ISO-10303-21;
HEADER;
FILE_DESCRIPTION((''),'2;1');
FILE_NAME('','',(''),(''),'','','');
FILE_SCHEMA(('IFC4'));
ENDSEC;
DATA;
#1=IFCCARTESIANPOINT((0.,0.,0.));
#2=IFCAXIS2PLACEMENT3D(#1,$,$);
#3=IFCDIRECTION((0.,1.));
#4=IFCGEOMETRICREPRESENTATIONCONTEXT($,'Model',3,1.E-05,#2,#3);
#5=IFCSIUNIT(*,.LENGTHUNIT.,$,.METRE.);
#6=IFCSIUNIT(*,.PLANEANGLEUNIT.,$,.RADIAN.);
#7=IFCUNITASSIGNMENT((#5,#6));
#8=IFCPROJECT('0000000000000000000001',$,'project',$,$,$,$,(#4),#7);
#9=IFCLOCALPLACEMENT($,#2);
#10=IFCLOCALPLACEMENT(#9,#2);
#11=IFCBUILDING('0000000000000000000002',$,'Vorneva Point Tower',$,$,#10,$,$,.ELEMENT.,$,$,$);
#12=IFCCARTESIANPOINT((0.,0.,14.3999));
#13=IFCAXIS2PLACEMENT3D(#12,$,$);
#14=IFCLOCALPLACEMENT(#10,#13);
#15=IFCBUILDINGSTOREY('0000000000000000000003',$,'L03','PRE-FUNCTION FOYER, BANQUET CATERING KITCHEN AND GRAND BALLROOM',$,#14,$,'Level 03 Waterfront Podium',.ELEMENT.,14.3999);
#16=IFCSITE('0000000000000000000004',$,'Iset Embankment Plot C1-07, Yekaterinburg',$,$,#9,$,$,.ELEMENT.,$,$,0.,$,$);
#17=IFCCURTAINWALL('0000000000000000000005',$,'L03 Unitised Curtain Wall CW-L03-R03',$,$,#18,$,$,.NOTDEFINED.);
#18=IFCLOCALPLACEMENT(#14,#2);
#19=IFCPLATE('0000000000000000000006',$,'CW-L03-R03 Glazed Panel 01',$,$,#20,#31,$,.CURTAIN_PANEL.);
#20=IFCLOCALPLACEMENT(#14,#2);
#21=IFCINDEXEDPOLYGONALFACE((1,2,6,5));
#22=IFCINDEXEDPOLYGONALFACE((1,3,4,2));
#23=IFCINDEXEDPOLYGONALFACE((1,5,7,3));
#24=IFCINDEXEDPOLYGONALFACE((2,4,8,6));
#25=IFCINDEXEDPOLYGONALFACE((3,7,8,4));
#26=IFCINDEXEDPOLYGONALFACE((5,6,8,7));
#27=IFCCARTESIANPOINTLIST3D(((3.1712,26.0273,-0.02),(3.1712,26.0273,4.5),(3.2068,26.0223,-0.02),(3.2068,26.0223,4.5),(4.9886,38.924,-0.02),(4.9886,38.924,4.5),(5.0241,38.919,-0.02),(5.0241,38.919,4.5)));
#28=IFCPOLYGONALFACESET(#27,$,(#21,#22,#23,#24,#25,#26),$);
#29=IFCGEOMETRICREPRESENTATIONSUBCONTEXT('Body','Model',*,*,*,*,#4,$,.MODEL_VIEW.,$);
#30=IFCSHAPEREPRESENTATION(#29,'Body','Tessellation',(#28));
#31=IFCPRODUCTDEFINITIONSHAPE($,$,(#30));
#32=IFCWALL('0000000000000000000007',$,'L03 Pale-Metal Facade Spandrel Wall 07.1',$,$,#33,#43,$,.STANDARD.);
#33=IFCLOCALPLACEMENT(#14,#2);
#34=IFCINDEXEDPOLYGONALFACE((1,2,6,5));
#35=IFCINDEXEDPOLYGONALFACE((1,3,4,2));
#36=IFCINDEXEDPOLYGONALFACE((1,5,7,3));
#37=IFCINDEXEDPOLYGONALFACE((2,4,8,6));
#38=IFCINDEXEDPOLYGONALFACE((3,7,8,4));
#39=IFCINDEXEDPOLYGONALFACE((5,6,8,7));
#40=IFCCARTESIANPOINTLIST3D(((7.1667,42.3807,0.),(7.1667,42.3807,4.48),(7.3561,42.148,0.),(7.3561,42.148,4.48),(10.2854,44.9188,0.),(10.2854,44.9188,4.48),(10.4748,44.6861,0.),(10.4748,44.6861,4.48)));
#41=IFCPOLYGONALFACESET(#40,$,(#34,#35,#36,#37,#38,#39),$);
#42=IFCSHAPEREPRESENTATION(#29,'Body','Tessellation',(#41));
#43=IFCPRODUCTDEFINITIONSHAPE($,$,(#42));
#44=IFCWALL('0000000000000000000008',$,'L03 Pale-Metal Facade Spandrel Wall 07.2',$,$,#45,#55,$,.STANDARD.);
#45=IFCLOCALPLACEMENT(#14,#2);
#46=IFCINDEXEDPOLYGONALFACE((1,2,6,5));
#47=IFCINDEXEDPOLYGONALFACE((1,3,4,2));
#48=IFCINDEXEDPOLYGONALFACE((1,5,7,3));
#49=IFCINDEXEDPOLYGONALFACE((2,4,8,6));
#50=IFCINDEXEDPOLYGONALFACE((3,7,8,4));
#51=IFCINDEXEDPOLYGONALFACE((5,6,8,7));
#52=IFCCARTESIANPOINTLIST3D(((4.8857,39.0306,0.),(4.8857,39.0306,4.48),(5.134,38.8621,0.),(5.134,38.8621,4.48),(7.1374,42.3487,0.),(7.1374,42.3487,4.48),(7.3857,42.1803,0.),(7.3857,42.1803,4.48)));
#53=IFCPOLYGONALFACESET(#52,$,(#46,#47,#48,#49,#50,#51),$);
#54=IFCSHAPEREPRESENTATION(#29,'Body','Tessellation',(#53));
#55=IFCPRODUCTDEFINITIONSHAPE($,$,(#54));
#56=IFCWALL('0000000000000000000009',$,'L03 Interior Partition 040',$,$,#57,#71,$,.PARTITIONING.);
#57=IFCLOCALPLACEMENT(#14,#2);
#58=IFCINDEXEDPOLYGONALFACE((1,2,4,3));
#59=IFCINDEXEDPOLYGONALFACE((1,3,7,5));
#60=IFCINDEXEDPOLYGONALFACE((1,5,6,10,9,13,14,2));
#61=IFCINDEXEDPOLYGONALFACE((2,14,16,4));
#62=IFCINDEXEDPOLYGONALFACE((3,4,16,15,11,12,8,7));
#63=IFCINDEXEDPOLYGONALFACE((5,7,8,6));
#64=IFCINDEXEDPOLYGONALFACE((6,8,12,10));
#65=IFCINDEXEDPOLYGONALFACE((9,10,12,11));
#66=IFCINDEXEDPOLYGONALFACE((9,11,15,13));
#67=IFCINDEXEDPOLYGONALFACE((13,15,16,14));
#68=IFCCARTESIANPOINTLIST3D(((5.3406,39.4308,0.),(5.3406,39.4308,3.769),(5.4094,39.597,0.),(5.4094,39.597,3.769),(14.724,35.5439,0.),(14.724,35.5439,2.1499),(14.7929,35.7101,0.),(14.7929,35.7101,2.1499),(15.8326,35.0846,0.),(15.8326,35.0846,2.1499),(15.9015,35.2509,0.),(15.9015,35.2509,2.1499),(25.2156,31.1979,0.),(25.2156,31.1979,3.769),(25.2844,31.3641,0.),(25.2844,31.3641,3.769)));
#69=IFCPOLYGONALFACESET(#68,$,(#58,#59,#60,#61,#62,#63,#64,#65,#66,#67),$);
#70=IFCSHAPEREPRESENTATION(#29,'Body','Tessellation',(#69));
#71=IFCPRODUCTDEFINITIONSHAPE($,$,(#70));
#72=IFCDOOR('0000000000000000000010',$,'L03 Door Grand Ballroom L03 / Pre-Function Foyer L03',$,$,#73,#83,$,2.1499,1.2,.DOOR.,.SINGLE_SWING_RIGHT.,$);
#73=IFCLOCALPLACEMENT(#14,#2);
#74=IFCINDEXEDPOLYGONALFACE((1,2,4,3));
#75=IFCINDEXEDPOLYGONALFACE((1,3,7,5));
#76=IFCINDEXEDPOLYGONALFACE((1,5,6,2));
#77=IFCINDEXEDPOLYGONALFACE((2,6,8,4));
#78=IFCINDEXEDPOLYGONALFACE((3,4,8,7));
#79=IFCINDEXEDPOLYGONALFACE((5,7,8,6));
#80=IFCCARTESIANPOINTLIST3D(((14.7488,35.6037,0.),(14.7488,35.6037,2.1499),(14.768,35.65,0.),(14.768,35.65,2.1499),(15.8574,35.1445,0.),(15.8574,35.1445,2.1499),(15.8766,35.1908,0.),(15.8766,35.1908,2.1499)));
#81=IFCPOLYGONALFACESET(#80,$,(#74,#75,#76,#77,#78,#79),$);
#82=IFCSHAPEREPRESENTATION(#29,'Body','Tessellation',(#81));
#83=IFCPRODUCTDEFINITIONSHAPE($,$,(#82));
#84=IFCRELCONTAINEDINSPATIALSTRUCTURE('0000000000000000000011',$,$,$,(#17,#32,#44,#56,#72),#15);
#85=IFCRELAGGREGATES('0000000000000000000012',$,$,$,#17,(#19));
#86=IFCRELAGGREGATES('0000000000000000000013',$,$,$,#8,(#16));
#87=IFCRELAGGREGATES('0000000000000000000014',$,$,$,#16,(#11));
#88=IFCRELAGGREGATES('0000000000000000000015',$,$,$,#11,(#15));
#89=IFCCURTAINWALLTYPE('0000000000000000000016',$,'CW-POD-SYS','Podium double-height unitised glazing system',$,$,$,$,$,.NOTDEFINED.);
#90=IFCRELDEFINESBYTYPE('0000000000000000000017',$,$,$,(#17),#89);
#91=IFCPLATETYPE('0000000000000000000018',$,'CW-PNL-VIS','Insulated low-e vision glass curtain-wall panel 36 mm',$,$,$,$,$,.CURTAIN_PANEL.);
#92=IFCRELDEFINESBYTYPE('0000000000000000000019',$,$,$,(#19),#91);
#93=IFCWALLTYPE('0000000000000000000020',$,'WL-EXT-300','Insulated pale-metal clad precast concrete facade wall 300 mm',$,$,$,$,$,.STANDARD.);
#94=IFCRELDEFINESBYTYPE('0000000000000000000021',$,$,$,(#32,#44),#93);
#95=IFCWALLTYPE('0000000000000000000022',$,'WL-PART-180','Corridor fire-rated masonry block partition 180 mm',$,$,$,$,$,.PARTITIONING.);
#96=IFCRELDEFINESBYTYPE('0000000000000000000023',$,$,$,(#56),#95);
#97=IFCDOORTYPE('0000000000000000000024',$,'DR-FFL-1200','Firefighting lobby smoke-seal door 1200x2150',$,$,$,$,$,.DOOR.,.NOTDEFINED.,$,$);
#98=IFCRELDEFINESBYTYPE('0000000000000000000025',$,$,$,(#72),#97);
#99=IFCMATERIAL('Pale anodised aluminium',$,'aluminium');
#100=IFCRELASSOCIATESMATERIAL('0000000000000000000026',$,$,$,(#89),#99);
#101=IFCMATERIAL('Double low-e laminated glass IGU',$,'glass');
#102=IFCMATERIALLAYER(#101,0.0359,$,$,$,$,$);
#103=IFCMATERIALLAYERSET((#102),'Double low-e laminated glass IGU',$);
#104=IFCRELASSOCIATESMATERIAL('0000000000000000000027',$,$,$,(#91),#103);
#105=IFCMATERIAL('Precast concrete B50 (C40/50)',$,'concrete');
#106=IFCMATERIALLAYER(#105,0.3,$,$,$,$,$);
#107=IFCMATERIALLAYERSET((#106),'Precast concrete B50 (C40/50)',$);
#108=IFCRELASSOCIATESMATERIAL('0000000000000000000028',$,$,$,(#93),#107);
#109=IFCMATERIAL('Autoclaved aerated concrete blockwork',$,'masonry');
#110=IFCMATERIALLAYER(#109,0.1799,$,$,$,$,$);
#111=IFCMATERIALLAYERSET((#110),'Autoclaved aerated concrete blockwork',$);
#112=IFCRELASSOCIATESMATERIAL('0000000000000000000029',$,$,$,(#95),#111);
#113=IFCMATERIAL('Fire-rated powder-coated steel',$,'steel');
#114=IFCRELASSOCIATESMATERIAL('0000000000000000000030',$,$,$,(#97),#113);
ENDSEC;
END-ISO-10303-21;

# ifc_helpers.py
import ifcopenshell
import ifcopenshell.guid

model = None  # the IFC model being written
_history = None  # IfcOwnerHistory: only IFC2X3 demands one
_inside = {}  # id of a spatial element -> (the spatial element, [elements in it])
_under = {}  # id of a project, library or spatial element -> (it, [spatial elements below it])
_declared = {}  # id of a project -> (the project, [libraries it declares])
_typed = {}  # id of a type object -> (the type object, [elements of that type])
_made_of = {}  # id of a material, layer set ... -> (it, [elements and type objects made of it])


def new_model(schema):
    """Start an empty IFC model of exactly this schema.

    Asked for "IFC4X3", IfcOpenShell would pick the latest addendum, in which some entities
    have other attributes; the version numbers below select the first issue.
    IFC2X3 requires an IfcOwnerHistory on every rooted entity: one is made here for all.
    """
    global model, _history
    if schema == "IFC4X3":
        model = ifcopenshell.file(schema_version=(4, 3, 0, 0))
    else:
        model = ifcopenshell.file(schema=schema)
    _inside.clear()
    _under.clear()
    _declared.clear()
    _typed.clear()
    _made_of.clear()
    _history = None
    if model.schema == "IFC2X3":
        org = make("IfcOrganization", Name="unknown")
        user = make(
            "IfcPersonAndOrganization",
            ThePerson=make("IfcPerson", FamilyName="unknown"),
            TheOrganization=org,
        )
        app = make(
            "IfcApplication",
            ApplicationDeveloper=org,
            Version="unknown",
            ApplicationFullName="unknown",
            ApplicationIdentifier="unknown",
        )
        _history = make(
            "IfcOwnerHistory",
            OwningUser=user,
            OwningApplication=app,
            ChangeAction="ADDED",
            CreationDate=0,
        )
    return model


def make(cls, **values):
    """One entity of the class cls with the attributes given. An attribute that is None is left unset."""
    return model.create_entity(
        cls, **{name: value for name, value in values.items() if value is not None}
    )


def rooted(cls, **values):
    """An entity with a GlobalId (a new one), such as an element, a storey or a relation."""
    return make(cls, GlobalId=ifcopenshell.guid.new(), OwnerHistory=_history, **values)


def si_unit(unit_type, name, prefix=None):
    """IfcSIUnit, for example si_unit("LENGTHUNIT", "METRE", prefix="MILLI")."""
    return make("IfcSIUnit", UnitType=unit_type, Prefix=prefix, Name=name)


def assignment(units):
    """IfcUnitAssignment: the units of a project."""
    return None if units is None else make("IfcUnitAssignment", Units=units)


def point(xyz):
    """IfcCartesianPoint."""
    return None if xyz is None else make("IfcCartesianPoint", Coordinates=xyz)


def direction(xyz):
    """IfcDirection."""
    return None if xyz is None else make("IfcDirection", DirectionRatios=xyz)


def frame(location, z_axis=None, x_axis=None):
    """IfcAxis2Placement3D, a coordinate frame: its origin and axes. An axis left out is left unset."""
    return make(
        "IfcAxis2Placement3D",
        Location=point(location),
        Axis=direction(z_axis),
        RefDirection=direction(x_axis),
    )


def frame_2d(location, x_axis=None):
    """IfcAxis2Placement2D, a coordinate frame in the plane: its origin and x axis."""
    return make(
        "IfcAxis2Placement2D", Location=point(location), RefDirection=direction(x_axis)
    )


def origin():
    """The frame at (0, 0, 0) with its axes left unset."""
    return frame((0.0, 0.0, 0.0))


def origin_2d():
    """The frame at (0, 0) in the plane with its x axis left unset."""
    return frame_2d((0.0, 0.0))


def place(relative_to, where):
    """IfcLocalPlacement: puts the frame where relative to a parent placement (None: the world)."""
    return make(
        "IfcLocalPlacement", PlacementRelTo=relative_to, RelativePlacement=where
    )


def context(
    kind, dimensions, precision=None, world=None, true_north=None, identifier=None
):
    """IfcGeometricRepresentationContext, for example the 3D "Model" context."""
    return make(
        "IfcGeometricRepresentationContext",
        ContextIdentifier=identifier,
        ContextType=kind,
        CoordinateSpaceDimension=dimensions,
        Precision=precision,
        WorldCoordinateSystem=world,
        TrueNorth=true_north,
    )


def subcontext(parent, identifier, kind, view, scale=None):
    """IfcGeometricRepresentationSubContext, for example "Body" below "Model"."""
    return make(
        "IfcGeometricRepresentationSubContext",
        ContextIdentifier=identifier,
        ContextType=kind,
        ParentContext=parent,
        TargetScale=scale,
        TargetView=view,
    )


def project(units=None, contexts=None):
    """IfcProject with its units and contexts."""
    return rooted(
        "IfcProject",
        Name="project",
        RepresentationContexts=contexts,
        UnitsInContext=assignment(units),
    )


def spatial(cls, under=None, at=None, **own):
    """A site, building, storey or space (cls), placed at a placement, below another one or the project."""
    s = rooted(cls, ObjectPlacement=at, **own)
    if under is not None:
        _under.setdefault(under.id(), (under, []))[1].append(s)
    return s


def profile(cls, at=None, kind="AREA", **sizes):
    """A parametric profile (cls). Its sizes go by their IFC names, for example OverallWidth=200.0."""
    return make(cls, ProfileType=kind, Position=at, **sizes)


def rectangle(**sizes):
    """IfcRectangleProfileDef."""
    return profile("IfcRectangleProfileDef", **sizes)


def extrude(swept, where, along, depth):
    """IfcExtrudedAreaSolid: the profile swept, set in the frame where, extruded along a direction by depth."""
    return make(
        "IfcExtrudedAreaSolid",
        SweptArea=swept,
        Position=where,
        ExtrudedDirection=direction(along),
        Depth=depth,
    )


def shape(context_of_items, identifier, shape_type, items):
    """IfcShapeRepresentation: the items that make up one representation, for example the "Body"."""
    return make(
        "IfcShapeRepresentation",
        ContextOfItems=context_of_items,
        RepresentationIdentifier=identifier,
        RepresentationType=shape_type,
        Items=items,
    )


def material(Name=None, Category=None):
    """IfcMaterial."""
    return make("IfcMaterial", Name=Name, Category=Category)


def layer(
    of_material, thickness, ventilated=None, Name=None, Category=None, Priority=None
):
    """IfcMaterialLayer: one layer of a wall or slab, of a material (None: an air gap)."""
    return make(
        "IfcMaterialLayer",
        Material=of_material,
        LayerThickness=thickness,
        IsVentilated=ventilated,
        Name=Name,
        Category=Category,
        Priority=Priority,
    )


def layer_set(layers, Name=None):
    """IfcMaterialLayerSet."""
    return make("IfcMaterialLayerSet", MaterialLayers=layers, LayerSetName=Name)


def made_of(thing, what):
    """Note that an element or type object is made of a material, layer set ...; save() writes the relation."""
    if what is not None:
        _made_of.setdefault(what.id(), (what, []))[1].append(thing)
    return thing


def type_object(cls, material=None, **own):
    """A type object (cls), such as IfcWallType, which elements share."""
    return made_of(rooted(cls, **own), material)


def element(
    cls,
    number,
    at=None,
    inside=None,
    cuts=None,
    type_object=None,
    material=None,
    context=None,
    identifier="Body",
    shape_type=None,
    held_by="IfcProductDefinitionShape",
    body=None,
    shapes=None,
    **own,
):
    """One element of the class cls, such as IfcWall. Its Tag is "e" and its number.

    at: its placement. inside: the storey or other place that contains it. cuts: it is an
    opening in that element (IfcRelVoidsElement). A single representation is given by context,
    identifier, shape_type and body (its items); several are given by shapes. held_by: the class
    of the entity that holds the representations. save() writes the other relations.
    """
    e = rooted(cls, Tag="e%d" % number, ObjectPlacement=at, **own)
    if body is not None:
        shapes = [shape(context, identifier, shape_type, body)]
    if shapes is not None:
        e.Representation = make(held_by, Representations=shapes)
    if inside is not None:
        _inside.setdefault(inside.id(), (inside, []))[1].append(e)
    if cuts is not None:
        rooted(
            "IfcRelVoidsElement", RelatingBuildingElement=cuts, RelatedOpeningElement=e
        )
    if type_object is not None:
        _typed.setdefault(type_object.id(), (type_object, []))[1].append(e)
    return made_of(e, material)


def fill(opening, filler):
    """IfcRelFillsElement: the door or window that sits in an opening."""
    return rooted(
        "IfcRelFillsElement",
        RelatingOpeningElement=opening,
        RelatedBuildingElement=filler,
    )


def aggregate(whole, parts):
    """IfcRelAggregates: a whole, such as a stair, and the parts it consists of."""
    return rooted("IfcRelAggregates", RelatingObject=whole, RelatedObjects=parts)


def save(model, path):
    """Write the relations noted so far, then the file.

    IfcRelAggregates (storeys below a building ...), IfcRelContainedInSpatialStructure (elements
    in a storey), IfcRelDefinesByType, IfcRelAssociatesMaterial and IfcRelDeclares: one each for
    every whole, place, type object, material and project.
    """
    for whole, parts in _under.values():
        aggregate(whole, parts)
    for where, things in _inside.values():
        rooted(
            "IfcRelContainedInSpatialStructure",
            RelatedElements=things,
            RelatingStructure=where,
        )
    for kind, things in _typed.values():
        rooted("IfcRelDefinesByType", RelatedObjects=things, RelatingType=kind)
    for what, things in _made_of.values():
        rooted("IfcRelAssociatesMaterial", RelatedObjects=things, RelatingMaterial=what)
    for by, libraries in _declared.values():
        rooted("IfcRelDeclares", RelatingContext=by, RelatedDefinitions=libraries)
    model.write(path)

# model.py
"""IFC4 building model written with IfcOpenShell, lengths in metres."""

from ifc_helpers import new_model, si_unit, direction, frame, frame_2d, origin, origin_2d, place, context, subcontext, project, spatial, rectangle, extrude, material, layer, layer_set, type_object, element, fill, aggregate, save


model = new_model("IFC4")

# Units and contexts
model_context = context("Model", 3, precision=1e-05, world=origin(), true_north=direction((0.0, 1.0)))
body_context = subcontext(model_context, "Body", "Model", "MODEL_VIEW")
ifc_project = project(units=[si_unit("LENGTHUNIT", "METRE"), si_unit("PLANEANGLEUNIT", "RADIAN")], contexts=[model_context])

# Site, building, storey
site_placement = place(None, origin())
site = spatial("IfcSite", under=ifc_project, at=site_placement, Name="Iset Embankment Plot C1-07, Yekaterinburg", CompositionType="ELEMENT", RefElevation=0.0)
building_placement = place(site_placement, origin())
building = spatial("IfcBuilding", under=site, at=building_placement, Name="Vorneva Point Tower", CompositionType="ELEMENT")
storey_placement = place(building_placement, frame((0.0, 0.0, 14.3999)))
storey = spatial("IfcBuildingStorey", under=building, at=storey_placement, Name="L03", Description="PRE-FUNCTION FOYER, BANQUET CATERING KITCHEN AND GRAND BALLROOM", LongName="Level 03 Waterfront Podium", CompositionType="ELEMENT", Elevation=14.3999)

# Curtain wall
ifc_material_1 = material(Name="Pale anodised aluminium", Category="aluminium")
curtain_wall_type = type_object("IfcCurtainWallType", Name="CW-POD-SYS", Description="Podium double-height unitised glazing system", PredefinedType="NOTDEFINED", material=ifc_material_1)
curtain_wall_1_placement = place(storey_placement, origin())
curtain_wall_1 = element("IfcCurtainWall", 1, at=curtain_wall_1_placement, inside=storey, type_object=curtain_wall_type, Name="L03 Unitised Curtain Wall CW-L03-R03", PredefinedType="NOTDEFINED")

# Plate
ifc_material_2 = material(Name="Double low-e laminated glass IGU", Category="glass")
ifc_layer_1 = layer(ifc_material_2, 0.0359)
ifc_layer_set_1 = layer_set([ifc_layer_1], Name="Double low-e laminated glass IGU")
plate_type = type_object("IfcPlateType", Name="CW-PNL-VIS", Description="Insulated low-e vision glass curtain-wall panel 36 mm", PredefinedType="CURTAIN_PANEL", material=ifc_layer_set_1)
plate_1_placement = place(storey_placement, frame((4.0977, 32.4731, -0.02), z_axis=(0.0, 0.0, 1.0), x_axis=(-0.139536, -0.990217, 0.0)))
plate_1 = element("IfcPlate", 2, at=plate_1_placement, type_object=plate_type, Name="CW-L03-R03 Glazed Panel 01", PredefinedType="CURTAIN_PANEL", context=body_context, shape_type="SweptSolid", body=[
    extrude(rectangle(XDim=13.0242, YDim=0.0359, at=origin_2d()), origin(), (0.0, 0.0, 1.0), 4.52),
])
aggregate(curtain_wall_1, [plate_1])

# Walls
ifc_material_3 = material(Name="Precast concrete B50 (C40/50)", Category="concrete")
ifc_layer_2 = layer(ifc_material_3, 0.3)
ifc_layer_set_2 = layer_set([ifc_layer_2], Name="Precast concrete B50 (C40/50)")
wall_type_1 = type_object("IfcWallType", Name="WL-EXT-300", Description="Insulated pale-metal clad precast concrete facade wall 300 mm", PredefinedType="STANDARD", material=ifc_layer_set_2)
wall_1_placement = place(storey_placement, frame((10.3801, 44.8025, 0.0), z_axis=(0.0, 0.0, 1.0), x_axis=(-0.775605, -0.631219, 0.0)))
element("IfcWall", 3, at=wall_1_placement, inside=storey, type_object=wall_type_1, Name="L03 Pale-Metal Facade Spandrel Wall 07.1", PredefinedType="STANDARD", context=body_context, shape_type="SweptSolid", body=[
    extrude(rectangle(XDim=4.021, YDim=0.3, at=frame_2d((2.0105, 0.0))), origin(), (0.0, 0.0, 1.0), 4.48),
])
wall_2_placement = place(storey_placement, frame((7.2615, 42.2644, 0.0), z_axis=(0.0, 0.0, 1.0), x_axis=(-0.561524, -0.827461, 0.0)))
element("IfcWall", 4, at=wall_2_placement, inside=storey, type_object=wall_type_1, Name="L03 Pale-Metal Facade Spandrel Wall 07.2", PredefinedType="STANDARD", context=body_context, shape_type="SweptSolid", body=[
    extrude(rectangle(XDim=4.01, YDim=0.3, at=frame_2d((2.0049, 0.0))), origin(), (0.0, 0.0, 1.0), 4.48),
])

# Wall, opening, door
ifc_material_4 = material(Name="Autoclaved aerated concrete blockwork", Category="masonry")
ifc_layer_3 = layer(ifc_material_4, 0.1799)
ifc_layer_set_3 = layer_set([ifc_layer_3], Name="Autoclaved aerated concrete blockwork")
wall_type_2 = type_object("IfcWallType", Name="WL-PART-180", Description="Corridor fire-rated masonry block partition 180 mm", PredefinedType="PARTITIONING", material=ifc_layer_set_3)
wall_3_placement = place(storey_placement, frame((5.375, 39.5139, 0.0), z_axis=(0.0, 0.0, 1.0), x_axis=(0.923873, -0.3827, 0.0)))
wall_3 = element("IfcWall", 5, at=wall_3_placement, inside=storey, type_object=wall_type_2, Name="L03 Interior Partition 040", PredefinedType="PARTITIONING", context=body_context, shape_type="SweptSolid", body=[
    extrude(rectangle(XDim=21.5127, YDim=0.1799, at=frame_2d((10.7563, 0.0))), origin(), (0.0, 0.0, 1.0), 3.769),
])
opening_placement = place(wall_3_placement, frame((10.1565, 0.0, 0.0)))
opening = element("IfcOpeningElement", 6, at=opening_placement, cuts=wall_3, PredefinedType="OPENING", context=body_context, shape_type="SweptSolid", body=[
    extrude(rectangle(XDim=1.2, YDim=2.1499, at=frame_2d((0.6001, 1.075))), frame((0.0, 0.105, 0.0), z_axis=(0.0, -1.0, 0.0), x_axis=(1.0, 0.0, 0.0)), (0.0, 0.0, 1.0), 0.2097),
])
ifc_material_5 = material(Name="Fire-rated powder-coated steel", Category="steel")
door_type = type_object("IfcDoorType", Name="DR-FFL-1200", Description="Firefighting lobby smoke-seal door 1200x2150", OperationType="NOTDEFINED", PredefinedType="DOOR", material=ifc_material_5)
door_placement = place(opening_placement, origin())
door = element("IfcDoor", 7, at=door_placement, inside=storey, type_object=door_type, Name="L03 Door Grand Ballroom L03 / Pre-Function Foyer L03", OperationType="SINGLE_SWING_RIGHT", OverallHeight=2.1499, OverallWidth=1.2, PredefinedType="DOOR", context=body_context, shape_type="SweptSolid", body=[
    extrude(rectangle(XDim=1.2, YDim=2.1499, at=frame_2d((0.6001, 1.075))), frame((0.0, 0.0249, 0.0), z_axis=(0.0, -1.0, 0.0), x_axis=(1.0, 0.0, 0.0)), (0.0, 0.0, 1.0), 0.05),
])
fill(opening, door)

save(model, "model.ifc")
